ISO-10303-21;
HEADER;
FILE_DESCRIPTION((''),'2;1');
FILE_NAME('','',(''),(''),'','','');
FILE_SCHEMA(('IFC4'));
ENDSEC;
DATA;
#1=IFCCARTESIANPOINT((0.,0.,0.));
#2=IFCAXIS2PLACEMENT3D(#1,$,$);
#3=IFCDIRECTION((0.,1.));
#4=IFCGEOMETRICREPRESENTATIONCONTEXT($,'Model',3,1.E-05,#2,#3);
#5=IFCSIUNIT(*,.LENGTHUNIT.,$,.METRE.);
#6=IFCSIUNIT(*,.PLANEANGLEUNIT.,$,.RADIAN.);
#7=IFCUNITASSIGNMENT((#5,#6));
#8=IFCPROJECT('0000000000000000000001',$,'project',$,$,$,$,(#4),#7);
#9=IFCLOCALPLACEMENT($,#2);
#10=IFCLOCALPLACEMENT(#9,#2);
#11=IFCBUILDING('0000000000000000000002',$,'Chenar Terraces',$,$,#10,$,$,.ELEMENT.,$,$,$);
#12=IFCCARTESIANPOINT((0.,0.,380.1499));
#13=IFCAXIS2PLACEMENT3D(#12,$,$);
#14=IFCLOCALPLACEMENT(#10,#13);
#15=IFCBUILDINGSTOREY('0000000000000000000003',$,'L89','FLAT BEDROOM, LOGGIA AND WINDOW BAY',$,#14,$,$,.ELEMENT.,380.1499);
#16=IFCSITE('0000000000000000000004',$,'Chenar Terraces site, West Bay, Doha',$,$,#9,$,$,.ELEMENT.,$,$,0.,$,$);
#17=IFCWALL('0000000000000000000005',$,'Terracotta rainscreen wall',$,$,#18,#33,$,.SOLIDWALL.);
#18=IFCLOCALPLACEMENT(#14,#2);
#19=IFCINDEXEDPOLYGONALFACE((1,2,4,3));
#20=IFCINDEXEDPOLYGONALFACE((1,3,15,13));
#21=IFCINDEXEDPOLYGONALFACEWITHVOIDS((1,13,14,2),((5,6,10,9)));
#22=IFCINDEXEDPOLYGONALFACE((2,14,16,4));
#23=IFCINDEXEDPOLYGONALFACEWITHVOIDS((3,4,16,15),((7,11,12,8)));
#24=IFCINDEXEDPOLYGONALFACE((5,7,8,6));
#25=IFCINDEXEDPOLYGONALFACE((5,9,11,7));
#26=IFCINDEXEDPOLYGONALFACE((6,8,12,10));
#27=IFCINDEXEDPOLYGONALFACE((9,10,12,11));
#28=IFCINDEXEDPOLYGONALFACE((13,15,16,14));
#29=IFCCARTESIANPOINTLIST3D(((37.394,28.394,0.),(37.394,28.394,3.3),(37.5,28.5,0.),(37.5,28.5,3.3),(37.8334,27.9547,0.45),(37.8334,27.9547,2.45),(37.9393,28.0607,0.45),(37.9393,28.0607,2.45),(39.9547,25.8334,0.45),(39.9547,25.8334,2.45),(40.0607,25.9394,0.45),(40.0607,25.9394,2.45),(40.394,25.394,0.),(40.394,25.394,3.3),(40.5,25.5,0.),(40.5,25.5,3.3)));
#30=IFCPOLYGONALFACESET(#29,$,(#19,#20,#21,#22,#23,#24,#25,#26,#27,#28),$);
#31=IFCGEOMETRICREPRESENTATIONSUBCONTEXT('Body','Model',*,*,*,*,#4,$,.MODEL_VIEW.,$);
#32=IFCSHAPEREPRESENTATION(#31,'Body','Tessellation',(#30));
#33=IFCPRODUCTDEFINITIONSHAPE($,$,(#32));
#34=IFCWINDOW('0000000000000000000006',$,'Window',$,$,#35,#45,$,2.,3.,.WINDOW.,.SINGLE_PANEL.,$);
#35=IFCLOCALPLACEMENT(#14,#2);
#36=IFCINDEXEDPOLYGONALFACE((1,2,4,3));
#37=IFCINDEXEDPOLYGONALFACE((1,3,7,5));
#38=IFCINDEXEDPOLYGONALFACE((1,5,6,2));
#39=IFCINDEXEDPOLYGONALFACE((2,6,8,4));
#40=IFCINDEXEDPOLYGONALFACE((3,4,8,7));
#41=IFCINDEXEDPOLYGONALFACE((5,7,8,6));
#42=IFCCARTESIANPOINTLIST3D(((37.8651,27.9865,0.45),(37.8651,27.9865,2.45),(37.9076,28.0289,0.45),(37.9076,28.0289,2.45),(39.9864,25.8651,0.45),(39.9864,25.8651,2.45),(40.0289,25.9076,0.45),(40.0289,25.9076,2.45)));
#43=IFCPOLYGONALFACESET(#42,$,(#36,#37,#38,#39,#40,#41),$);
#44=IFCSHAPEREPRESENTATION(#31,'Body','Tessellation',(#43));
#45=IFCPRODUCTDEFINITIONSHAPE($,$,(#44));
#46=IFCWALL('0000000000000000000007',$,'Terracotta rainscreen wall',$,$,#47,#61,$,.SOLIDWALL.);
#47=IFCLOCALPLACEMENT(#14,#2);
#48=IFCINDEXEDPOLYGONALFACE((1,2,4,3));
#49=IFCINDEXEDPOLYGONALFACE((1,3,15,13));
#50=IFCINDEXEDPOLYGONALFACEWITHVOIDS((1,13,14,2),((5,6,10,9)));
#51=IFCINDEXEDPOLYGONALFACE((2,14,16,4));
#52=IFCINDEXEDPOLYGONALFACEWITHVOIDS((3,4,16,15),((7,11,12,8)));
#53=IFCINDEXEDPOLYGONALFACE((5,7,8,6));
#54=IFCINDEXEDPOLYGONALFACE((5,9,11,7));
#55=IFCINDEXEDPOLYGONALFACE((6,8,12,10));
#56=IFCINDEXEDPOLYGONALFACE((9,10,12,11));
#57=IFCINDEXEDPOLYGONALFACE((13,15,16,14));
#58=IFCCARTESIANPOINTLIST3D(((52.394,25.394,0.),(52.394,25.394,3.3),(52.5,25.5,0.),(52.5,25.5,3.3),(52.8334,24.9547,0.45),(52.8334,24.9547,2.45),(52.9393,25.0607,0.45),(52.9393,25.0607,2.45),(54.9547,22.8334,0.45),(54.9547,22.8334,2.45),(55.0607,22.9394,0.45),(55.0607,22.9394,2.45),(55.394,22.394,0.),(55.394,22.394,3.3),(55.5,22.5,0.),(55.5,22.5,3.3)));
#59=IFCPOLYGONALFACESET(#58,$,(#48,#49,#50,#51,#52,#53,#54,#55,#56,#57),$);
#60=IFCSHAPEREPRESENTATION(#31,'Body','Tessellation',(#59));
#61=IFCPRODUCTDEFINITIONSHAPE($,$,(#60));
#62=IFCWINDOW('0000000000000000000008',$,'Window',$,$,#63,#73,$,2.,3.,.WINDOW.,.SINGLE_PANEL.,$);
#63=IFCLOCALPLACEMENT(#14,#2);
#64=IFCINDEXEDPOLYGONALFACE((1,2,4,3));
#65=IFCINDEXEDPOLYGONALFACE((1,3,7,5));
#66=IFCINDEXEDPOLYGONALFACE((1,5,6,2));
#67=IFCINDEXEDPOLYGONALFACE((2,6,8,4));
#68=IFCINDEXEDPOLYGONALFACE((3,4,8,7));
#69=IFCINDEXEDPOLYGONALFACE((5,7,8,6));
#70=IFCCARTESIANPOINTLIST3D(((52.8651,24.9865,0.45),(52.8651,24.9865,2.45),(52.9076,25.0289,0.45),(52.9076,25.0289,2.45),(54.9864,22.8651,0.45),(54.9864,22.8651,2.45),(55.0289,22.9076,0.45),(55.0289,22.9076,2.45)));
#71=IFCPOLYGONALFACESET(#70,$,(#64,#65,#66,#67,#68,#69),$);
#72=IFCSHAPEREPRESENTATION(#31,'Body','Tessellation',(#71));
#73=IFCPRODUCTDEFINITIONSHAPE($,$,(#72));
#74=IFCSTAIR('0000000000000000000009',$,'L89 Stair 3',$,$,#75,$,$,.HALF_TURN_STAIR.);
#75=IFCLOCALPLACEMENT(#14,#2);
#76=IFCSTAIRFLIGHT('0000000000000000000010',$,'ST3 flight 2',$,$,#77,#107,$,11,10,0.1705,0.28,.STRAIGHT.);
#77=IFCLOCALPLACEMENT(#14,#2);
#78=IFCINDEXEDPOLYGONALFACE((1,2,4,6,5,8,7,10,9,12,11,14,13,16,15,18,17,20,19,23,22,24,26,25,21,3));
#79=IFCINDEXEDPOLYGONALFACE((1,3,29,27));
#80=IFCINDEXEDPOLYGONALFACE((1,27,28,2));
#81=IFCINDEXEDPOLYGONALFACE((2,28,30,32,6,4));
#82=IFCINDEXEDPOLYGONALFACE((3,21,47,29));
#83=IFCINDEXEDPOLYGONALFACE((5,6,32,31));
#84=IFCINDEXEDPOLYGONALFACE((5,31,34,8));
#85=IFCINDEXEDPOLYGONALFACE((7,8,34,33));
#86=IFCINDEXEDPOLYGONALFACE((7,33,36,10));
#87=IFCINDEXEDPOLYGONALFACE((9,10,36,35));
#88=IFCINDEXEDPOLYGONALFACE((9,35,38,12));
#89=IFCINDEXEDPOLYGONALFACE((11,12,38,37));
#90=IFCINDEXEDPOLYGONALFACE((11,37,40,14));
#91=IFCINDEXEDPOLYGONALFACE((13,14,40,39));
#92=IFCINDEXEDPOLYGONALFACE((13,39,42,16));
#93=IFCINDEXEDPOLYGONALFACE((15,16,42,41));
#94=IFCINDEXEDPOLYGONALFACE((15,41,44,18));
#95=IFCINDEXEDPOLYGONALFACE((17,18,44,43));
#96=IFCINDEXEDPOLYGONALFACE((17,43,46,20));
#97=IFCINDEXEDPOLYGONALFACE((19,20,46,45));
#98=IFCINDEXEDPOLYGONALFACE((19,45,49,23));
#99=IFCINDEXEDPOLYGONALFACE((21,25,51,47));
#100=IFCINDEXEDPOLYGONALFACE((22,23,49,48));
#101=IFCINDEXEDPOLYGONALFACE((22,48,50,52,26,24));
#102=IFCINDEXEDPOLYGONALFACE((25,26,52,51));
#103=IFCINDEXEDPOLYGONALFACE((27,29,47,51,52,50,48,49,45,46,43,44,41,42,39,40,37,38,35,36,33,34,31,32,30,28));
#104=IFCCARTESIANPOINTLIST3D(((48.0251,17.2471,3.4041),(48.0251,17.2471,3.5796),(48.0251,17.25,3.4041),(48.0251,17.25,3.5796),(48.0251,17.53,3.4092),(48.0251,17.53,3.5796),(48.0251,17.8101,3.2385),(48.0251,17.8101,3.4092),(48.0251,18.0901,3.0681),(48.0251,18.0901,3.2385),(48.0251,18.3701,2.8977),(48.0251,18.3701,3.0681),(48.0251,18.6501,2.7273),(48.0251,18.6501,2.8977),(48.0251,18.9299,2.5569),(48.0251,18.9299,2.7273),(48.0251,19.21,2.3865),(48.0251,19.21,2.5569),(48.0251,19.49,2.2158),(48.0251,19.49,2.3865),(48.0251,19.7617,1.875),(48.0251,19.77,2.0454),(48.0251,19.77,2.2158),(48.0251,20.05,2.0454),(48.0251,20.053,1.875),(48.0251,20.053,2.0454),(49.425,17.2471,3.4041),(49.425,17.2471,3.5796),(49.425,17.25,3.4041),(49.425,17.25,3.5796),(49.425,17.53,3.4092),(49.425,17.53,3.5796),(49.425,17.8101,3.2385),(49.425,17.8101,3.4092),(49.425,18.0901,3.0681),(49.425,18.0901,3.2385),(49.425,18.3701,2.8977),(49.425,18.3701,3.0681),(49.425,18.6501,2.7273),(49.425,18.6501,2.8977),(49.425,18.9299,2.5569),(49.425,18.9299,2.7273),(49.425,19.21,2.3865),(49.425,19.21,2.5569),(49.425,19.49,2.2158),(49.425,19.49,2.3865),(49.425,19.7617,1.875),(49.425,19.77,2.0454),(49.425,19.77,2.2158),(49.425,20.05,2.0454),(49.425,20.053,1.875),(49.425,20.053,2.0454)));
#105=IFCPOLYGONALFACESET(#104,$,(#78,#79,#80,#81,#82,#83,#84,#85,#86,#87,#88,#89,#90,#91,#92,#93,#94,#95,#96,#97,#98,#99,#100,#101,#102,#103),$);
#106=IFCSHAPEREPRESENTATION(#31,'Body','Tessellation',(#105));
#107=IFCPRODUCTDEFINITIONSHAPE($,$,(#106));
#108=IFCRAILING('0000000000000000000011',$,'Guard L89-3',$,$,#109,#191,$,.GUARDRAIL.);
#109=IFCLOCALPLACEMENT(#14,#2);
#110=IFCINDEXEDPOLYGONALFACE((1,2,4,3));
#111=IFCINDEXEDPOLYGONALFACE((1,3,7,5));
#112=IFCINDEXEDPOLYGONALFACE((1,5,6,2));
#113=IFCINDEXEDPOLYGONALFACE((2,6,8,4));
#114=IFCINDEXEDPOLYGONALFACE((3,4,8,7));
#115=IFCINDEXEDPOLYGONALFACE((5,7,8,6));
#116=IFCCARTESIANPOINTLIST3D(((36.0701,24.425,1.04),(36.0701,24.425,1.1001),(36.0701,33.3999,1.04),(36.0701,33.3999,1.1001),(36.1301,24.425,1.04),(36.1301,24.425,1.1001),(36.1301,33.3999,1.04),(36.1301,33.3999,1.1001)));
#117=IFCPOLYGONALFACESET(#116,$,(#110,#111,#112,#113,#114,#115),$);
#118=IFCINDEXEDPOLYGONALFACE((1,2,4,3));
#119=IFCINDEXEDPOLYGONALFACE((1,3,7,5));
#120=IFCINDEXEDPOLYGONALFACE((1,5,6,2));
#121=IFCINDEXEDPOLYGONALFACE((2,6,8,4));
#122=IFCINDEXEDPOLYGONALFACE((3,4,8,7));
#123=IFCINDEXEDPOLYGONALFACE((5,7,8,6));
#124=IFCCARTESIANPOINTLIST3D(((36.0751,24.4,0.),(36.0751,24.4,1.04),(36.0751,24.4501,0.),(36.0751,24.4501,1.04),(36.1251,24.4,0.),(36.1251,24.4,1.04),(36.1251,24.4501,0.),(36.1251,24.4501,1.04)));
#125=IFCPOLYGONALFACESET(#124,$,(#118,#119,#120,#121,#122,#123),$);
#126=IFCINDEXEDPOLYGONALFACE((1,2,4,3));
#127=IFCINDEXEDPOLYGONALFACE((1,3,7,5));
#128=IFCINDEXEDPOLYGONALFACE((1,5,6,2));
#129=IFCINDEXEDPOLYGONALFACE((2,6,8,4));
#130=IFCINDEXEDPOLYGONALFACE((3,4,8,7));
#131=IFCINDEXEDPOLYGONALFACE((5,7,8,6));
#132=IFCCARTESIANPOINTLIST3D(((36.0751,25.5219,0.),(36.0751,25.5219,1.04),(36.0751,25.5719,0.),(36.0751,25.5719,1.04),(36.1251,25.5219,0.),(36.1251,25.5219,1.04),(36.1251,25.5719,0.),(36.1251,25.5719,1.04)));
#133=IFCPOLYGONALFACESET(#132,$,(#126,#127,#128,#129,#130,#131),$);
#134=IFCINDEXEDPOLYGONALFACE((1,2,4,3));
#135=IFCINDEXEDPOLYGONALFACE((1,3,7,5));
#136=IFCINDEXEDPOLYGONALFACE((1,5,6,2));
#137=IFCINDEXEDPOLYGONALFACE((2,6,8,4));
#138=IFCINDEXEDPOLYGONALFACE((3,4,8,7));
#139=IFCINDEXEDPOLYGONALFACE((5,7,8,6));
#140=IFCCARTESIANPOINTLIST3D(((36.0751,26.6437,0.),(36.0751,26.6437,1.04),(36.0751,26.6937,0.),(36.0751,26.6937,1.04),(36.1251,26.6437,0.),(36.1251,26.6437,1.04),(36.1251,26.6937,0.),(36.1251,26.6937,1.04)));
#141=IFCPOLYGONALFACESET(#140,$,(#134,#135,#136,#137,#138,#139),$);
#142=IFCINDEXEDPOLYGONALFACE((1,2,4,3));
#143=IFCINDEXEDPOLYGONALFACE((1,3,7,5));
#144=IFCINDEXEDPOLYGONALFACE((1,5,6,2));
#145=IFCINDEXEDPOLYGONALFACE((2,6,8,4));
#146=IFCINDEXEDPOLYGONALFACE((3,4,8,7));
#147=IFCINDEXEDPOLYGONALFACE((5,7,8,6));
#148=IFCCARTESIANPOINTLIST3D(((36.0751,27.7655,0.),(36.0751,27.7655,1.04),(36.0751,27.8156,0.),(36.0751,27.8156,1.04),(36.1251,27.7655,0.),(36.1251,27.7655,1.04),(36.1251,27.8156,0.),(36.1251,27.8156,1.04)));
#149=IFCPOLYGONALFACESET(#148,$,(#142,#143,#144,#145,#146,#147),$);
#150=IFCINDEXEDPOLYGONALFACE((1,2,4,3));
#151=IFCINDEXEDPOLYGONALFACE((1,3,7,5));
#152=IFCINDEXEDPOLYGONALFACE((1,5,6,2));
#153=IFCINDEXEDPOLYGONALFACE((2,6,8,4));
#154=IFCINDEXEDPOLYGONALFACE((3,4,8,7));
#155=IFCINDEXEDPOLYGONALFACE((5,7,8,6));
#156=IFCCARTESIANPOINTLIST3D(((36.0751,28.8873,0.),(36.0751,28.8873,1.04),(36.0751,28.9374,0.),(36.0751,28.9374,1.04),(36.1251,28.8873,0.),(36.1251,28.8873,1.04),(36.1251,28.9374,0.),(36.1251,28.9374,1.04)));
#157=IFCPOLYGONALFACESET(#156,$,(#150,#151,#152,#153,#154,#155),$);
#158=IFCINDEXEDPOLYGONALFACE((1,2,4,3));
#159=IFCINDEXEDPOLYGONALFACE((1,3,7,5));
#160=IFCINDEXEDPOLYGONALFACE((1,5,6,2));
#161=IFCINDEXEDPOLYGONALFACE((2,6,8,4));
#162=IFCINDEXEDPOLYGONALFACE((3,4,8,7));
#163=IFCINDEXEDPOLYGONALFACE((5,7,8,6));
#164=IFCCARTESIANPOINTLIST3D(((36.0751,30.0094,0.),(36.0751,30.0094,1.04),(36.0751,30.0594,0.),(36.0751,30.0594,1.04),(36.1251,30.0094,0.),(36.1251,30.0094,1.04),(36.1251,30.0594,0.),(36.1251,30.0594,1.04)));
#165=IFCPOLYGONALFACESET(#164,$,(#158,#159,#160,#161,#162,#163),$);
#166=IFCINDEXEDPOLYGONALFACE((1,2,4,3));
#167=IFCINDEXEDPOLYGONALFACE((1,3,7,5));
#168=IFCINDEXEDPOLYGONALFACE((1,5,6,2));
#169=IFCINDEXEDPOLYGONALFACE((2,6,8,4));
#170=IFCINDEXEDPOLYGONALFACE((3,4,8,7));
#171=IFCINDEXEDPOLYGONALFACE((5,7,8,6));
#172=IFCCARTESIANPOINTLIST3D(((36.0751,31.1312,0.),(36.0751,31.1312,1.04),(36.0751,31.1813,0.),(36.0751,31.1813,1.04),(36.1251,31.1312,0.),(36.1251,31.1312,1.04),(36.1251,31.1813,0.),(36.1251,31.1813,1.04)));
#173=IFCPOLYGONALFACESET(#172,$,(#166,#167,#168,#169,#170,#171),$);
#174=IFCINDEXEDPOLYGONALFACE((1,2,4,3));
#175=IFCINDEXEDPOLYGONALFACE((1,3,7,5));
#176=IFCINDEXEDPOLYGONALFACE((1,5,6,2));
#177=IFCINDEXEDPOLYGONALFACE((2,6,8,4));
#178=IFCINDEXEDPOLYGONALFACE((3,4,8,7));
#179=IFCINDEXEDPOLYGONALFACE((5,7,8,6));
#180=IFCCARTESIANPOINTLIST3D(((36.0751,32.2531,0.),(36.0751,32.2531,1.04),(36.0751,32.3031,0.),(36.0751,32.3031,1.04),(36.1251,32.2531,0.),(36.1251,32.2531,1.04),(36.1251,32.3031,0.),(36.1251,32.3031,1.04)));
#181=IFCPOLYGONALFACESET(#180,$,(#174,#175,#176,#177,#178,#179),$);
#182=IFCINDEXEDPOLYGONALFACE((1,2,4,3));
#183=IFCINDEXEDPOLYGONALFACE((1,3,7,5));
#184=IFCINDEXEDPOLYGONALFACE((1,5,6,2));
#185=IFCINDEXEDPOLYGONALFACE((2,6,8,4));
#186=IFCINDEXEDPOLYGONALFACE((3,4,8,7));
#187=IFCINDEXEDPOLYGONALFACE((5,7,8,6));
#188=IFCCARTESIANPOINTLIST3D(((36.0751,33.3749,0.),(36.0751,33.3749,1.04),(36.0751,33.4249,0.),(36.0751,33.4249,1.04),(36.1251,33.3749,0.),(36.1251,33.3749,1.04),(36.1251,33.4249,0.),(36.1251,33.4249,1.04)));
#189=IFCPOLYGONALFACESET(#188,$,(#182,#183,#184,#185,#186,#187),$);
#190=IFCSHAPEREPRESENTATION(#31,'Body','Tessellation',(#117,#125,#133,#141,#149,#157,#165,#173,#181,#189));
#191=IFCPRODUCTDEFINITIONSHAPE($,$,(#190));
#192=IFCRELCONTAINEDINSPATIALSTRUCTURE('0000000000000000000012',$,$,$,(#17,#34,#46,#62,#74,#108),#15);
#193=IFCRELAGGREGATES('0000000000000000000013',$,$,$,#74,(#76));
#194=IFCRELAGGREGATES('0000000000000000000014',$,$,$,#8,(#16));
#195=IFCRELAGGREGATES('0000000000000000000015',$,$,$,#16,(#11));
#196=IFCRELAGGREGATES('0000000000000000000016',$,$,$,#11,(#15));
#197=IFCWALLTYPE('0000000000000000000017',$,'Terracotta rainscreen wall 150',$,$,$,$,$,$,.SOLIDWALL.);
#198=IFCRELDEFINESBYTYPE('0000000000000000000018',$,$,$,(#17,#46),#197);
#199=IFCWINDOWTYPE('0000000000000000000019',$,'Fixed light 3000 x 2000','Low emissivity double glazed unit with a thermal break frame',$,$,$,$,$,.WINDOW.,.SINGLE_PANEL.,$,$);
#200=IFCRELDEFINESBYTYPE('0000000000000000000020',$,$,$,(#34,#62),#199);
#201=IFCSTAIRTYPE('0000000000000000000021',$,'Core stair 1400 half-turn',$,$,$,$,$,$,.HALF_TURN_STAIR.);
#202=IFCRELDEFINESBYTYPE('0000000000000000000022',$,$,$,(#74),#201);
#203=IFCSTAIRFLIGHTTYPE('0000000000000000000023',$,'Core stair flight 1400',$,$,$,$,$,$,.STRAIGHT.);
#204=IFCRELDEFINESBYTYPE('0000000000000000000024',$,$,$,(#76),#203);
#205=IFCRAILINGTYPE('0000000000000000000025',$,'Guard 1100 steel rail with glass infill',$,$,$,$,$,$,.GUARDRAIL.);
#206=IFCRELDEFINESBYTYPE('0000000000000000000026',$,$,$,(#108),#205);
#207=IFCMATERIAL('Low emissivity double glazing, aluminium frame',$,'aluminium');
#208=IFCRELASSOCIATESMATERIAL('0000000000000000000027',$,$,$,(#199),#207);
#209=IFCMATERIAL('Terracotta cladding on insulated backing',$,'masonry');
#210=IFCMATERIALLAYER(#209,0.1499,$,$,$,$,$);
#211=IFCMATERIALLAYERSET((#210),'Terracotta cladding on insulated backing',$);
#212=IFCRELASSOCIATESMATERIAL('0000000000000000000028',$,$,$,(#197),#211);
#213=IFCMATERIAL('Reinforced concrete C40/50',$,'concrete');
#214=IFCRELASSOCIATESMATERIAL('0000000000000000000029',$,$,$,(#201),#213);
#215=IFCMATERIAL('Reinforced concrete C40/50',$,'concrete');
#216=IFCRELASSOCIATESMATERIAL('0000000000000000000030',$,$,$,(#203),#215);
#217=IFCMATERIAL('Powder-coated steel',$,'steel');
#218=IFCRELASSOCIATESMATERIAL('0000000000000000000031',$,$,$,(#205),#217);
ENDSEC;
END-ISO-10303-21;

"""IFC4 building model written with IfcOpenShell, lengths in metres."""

from ifc_helpers import new_model, si_unit, direction, frame, frame_2d, origin, origin_2d, place, context, subcontext, project, spatial, polyline, rectangle, outline, extrude, material, layer, layer_set, type_object, element, fill, aggregate, save


model = new_model("IFC4")

# Units and contexts
model_context = context("Model", 3, precision=1e-05, world=origin(), true_north=direction((0.0, 1.0)))
body_context = subcontext(model_context, "Body", "Model", "MODEL_VIEW")
ifc_project = project(units=[si_unit("LENGTHUNIT", "METRE"), si_unit("PLANEANGLEUNIT", "RADIAN")], contexts=[model_context])

# Site, building, storey
site_placement = place(None, origin())
site = spatial("IfcSite", under=ifc_project, at=site_placement, Name="Chenar Terraces site, West Bay, Doha", CompositionType="ELEMENT", RefElevation=0.0)
building_placement = place(site_placement, origin())
building = spatial("IfcBuilding", under=site, at=building_placement, Name="Chenar Terraces", CompositionType="ELEMENT")
storey_placement = place(building_placement, frame((0.0, 0.0, 380.1499)))
storey = spatial("IfcBuildingStorey", under=building, at=storey_placement, Name="L89", Description="FLAT BEDROOM, LOGGIA AND WINDOW BAY", CompositionType="ELEMENT", Elevation=380.1499)

# Shared definitions
placement = place(storey_placement, origin())

# Shared definitions
ifc_material_1 = material(Name="Low emissivity double glazing, aluminium frame", Category="aluminium")
window_type_1 = type_object("IfcWindowType", Name="Fixed light 3000 x 2000", Description="Low emissivity double glazed unit with a thermal break frame", PartitioningType="SINGLE_PANEL", PredefinedType="WINDOW", material=ifc_material_1)

# Walls, openings, windows
ifc_material_2 = material(Name="Terracotta cladding on insulated backing", Category="masonry")
ifc_layer_1 = layer(ifc_material_2, 0.1499)
ifc_layer_set_1 = layer_set([ifc_layer_1], Name="Terracotta cladding on insulated backing")
wall_type_1 = type_object("IfcWallType", Name="Terracotta rainscreen wall 150", PredefinedType="SOLIDWALL", material=ifc_layer_set_1)
wall_1_placement = place(storey_placement, frame((40.447, 25.447, 0.0), z_axis=(0.0, 0.0, 1.0), x_axis=(-0.707107, 0.707107, 0.0)))
wall_1 = element("IfcWall", 1, at=wall_1_placement, inside=storey, type_object=wall_type_1, Name="Terracotta rainscreen wall", PredefinedType="SOLIDWALL", context=body_context, shape_type="SweptSolid", body=[
    extrude(rectangle(XDim=4.2427, YDim=0.1499, at=frame_2d((2.1213, 0.0))), origin(), (0.0, 0.0, 1.0), 3.3),
])
opening_1_placement = place(wall_1_placement, frame((0.6213, 0.0, 0.45)))
opening_1 = element("IfcOpeningElement", 2, at=opening_1_placement, cuts=wall_1, PredefinedType="OPENING", context=body_context, shape_type="SweptSolid", body=[
    extrude(rectangle(XDim=3.0, YDim=2.0, at=frame_2d((1.5, 1.0))), frame((0.0, 0.085, 0.0), z_axis=(0.0, -1.0, 0.0), x_axis=(1.0, 0.0, 0.0)), (0.0, 0.0, 1.0), 0.1699),
])
window_1_placement = place(opening_1_placement, origin())
window_1 = element("IfcWindow", 3, at=window_1_placement, inside=storey, type_object=window_type_1, Name="Window", OverallHeight=2.0, OverallWidth=3.0, PartitioningType="SINGLE_PANEL", PredefinedType="WINDOW", context=body_context, shape_type="SweptSolid", body=[
    extrude(rectangle(XDim=3.0, YDim=2.0, at=frame_2d((1.5, 1.0))), frame((0.0, 0.03, 0.0), z_axis=(0.0, -1.0, 0.0), x_axis=(1.0, 0.0, 0.0)), (0.0, 0.0, 1.0), 0.0601),
])
fill(opening_1, window_1)
wall_2_placement = place(storey_placement, frame((55.447, 22.447, 0.0), z_axis=(0.0, 0.0, 1.0), x_axis=(-0.707107, 0.707107, 0.0)))
wall_2 = element("IfcWall", 4, at=wall_2_placement, inside=storey, type_object=wall_type_1, Name="Terracotta rainscreen wall", PredefinedType="SOLIDWALL", context=body_context, shape_type="SweptSolid", body=[
    extrude(rectangle(XDim=4.2427, YDim=0.1499, at=frame_2d((2.1213, 0.0))), origin(), (0.0, 0.0, 1.0), 3.3),
])
opening_2_placement = place(wall_2_placement, frame((0.6213, 0.0, 0.45)))
opening_2 = element("IfcOpeningElement", 5, at=opening_2_placement, cuts=wall_2, PredefinedType="OPENING", context=body_context, shape_type="SweptSolid", body=[
    extrude(rectangle(XDim=3.0, YDim=2.0, at=frame_2d((1.5, 1.0))), frame((0.0, 0.085, 0.0), z_axis=(0.0, -1.0, 0.0), x_axis=(1.0, 0.0, 0.0)), (0.0, 0.0, 1.0), 0.1699),
])
window_2_placement = place(opening_2_placement, origin())
window_2 = element("IfcWindow", 6, at=window_2_placement, inside=storey, type_object=window_type_1, Name="Window", OverallHeight=2.0, OverallWidth=3.0, PartitioningType="SINGLE_PANEL", PredefinedType="WINDOW", context=body_context, shape_type="SweptSolid", body=[
    extrude(rectangle(XDim=3.0, YDim=2.0, at=frame_2d((1.5, 1.0))), frame((0.0, 0.03, 0.0), z_axis=(0.0, -1.0, 0.0), x_axis=(1.0, 0.0, 0.0)), (0.0, 0.0, 1.0), 0.0601),
])
fill(opening_2, window_2)

# Stair, stair flight
ifc_material_3 = material(Name="Reinforced concrete C40/50", Category="concrete")
stair_type = type_object("IfcStairType", Name="Core stair 1400 half-turn", PredefinedType="HALF_TURN_STAIR", material=ifc_material_3)
stair = element("IfcStair", 7, at=placement, inside=storey, type_object=stair_type, Name="L89 Stair 3", PredefinedType="HALF_TURN_STAIR")
ifc_material_4 = material(Name="Reinforced concrete C40/50", Category="concrete")
stair_flight_type = type_object("IfcStairFlightType", Name="Core stair flight 1400", PredefinedType="STRAIGHT", material=ifc_material_4)
stair_flight_placement = place(storey_placement, frame((48.7251, 20.05, 1.875), z_axis=(0.0, 0.0, 1.0), x_axis=(0.0, -1.0, 0.0)))
stair_flight = element("IfcStairFlight", 8, at=stair_flight_placement, type_object=stair_flight_type, Name="ST3 flight 2", NumberOfRisers=11, NumberOfTreads=10, PredefinedType="STRAIGHT", RiserHeight=0.1705, TreadLength=0.28, context=body_context, shape_type="SweptSolid", body=[
    extrude(outline(polyline([(-0.0029, 0.0), (-0.0029, 0.1704), (0.0, 0.1704), (0.28, 0.1704), (0.28, 0.3408), (0.5601, 0.3408), (0.5601, 0.5115), (0.8401, 0.5115), (0.8401, 0.6819), (1.1201, 0.6819), (1.1201, 0.8523), (1.3999, 0.8523), (1.3999, 1.0227), (1.6799, 1.0227), (1.6799, 1.1931), (1.96, 1.1931), (1.96, 1.3635), (2.24, 1.3635), (2.24, 1.5342), (2.52, 1.5342), (2.52, 1.7046), (2.8, 1.7046), (2.803, 1.7046), (2.803, 1.5291), (2.8, 1.5291), (0.2883, 0.0), (-0.0029, 0.0)])), frame((0.0, 0.7, 0.0), z_axis=(0.0, -1.0, 0.0), x_axis=(1.0, 0.0, 0.0)), (0.0, 0.0, 1.0), 1.3999),
])
aggregate(stair, [stair_flight])

# Railing
ifc_material_5 = material(Name="Powder-coated steel", Category="steel")
railing_type_1 = type_object("IfcRailingType", Name="Guard 1100 steel rail with glass infill", PredefinedType="GUARDRAIL", material=ifc_material_5)
railing_1_placement = place(storey_placement, frame((36.1001, 24.425, 0.0)))
element("IfcRailing", 9, at=railing_1_placement, inside=storey, type_object=railing_type_1, Name="Guard L89-3", PredefinedType="GUARDRAIL", context=body_context, shape_type="SweptSolid", body=[
    extrude(rectangle(XDim=0.0601, YDim=0.0601, at=origin_2d()), frame((0.0, 0.0, 1.0701), z_axis=(0.0, 1.0, 0.0), x_axis=(-1.0, 0.0, 0.0)), (0.0, 0.0, 1.0), 8.9749),
    extrude(rectangle(XDim=0.05, YDim=0.05, at=origin_2d()), origin(), (0.0, 0.0, 1.0), 1.04),
    extrude(rectangle(XDim=0.05, YDim=0.05, at=origin_2d()), frame((0.0, 1.1218, 0.0)), (0.0, 0.0, 1.0), 1.04),
    extrude(rectangle(XDim=0.05, YDim=0.05, at=origin_2d()), frame((0.0, 2.2437, 0.0)), (0.0, 0.0, 1.0), 1.04),
    extrude(rectangle(XDim=0.05, YDim=0.05, at=origin_2d()), frame((0.0, 3.3655, 0.0)), (0.0, 0.0, 1.0), 1.04),
    extrude(rectangle(XDim=0.05, YDim=0.05, at=origin_2d()), frame((0.0, 4.4873, 0.0)), (0.0, 0.0, 1.0), 1.04),
    extrude(rectangle(XDim=0.05, YDim=0.05, at=origin_2d()), frame((0.0, 5.6094, 0.0)), (0.0, 0.0, 1.0), 1.04),
    extrude(rectangle(XDim=0.05, YDim=0.05, at=origin_2d()), frame((0.0, 6.7312, 0.0)), (0.0, 0.0, 1.0), 1.04),
    extrude(rectangle(XDim=0.05, YDim=0.05, at=origin_2d()), frame((0.0, 7.853, 0.0)), (0.0, 0.0, 1.0), 1.04),
    extrude(rectangle(XDim=0.05, YDim=0.05, at=origin_2d()), frame((0.0, 8.9749, 0.0)), (0.0, 0.0, 1.0), 1.04),
])

save(model, "model.ifc")
